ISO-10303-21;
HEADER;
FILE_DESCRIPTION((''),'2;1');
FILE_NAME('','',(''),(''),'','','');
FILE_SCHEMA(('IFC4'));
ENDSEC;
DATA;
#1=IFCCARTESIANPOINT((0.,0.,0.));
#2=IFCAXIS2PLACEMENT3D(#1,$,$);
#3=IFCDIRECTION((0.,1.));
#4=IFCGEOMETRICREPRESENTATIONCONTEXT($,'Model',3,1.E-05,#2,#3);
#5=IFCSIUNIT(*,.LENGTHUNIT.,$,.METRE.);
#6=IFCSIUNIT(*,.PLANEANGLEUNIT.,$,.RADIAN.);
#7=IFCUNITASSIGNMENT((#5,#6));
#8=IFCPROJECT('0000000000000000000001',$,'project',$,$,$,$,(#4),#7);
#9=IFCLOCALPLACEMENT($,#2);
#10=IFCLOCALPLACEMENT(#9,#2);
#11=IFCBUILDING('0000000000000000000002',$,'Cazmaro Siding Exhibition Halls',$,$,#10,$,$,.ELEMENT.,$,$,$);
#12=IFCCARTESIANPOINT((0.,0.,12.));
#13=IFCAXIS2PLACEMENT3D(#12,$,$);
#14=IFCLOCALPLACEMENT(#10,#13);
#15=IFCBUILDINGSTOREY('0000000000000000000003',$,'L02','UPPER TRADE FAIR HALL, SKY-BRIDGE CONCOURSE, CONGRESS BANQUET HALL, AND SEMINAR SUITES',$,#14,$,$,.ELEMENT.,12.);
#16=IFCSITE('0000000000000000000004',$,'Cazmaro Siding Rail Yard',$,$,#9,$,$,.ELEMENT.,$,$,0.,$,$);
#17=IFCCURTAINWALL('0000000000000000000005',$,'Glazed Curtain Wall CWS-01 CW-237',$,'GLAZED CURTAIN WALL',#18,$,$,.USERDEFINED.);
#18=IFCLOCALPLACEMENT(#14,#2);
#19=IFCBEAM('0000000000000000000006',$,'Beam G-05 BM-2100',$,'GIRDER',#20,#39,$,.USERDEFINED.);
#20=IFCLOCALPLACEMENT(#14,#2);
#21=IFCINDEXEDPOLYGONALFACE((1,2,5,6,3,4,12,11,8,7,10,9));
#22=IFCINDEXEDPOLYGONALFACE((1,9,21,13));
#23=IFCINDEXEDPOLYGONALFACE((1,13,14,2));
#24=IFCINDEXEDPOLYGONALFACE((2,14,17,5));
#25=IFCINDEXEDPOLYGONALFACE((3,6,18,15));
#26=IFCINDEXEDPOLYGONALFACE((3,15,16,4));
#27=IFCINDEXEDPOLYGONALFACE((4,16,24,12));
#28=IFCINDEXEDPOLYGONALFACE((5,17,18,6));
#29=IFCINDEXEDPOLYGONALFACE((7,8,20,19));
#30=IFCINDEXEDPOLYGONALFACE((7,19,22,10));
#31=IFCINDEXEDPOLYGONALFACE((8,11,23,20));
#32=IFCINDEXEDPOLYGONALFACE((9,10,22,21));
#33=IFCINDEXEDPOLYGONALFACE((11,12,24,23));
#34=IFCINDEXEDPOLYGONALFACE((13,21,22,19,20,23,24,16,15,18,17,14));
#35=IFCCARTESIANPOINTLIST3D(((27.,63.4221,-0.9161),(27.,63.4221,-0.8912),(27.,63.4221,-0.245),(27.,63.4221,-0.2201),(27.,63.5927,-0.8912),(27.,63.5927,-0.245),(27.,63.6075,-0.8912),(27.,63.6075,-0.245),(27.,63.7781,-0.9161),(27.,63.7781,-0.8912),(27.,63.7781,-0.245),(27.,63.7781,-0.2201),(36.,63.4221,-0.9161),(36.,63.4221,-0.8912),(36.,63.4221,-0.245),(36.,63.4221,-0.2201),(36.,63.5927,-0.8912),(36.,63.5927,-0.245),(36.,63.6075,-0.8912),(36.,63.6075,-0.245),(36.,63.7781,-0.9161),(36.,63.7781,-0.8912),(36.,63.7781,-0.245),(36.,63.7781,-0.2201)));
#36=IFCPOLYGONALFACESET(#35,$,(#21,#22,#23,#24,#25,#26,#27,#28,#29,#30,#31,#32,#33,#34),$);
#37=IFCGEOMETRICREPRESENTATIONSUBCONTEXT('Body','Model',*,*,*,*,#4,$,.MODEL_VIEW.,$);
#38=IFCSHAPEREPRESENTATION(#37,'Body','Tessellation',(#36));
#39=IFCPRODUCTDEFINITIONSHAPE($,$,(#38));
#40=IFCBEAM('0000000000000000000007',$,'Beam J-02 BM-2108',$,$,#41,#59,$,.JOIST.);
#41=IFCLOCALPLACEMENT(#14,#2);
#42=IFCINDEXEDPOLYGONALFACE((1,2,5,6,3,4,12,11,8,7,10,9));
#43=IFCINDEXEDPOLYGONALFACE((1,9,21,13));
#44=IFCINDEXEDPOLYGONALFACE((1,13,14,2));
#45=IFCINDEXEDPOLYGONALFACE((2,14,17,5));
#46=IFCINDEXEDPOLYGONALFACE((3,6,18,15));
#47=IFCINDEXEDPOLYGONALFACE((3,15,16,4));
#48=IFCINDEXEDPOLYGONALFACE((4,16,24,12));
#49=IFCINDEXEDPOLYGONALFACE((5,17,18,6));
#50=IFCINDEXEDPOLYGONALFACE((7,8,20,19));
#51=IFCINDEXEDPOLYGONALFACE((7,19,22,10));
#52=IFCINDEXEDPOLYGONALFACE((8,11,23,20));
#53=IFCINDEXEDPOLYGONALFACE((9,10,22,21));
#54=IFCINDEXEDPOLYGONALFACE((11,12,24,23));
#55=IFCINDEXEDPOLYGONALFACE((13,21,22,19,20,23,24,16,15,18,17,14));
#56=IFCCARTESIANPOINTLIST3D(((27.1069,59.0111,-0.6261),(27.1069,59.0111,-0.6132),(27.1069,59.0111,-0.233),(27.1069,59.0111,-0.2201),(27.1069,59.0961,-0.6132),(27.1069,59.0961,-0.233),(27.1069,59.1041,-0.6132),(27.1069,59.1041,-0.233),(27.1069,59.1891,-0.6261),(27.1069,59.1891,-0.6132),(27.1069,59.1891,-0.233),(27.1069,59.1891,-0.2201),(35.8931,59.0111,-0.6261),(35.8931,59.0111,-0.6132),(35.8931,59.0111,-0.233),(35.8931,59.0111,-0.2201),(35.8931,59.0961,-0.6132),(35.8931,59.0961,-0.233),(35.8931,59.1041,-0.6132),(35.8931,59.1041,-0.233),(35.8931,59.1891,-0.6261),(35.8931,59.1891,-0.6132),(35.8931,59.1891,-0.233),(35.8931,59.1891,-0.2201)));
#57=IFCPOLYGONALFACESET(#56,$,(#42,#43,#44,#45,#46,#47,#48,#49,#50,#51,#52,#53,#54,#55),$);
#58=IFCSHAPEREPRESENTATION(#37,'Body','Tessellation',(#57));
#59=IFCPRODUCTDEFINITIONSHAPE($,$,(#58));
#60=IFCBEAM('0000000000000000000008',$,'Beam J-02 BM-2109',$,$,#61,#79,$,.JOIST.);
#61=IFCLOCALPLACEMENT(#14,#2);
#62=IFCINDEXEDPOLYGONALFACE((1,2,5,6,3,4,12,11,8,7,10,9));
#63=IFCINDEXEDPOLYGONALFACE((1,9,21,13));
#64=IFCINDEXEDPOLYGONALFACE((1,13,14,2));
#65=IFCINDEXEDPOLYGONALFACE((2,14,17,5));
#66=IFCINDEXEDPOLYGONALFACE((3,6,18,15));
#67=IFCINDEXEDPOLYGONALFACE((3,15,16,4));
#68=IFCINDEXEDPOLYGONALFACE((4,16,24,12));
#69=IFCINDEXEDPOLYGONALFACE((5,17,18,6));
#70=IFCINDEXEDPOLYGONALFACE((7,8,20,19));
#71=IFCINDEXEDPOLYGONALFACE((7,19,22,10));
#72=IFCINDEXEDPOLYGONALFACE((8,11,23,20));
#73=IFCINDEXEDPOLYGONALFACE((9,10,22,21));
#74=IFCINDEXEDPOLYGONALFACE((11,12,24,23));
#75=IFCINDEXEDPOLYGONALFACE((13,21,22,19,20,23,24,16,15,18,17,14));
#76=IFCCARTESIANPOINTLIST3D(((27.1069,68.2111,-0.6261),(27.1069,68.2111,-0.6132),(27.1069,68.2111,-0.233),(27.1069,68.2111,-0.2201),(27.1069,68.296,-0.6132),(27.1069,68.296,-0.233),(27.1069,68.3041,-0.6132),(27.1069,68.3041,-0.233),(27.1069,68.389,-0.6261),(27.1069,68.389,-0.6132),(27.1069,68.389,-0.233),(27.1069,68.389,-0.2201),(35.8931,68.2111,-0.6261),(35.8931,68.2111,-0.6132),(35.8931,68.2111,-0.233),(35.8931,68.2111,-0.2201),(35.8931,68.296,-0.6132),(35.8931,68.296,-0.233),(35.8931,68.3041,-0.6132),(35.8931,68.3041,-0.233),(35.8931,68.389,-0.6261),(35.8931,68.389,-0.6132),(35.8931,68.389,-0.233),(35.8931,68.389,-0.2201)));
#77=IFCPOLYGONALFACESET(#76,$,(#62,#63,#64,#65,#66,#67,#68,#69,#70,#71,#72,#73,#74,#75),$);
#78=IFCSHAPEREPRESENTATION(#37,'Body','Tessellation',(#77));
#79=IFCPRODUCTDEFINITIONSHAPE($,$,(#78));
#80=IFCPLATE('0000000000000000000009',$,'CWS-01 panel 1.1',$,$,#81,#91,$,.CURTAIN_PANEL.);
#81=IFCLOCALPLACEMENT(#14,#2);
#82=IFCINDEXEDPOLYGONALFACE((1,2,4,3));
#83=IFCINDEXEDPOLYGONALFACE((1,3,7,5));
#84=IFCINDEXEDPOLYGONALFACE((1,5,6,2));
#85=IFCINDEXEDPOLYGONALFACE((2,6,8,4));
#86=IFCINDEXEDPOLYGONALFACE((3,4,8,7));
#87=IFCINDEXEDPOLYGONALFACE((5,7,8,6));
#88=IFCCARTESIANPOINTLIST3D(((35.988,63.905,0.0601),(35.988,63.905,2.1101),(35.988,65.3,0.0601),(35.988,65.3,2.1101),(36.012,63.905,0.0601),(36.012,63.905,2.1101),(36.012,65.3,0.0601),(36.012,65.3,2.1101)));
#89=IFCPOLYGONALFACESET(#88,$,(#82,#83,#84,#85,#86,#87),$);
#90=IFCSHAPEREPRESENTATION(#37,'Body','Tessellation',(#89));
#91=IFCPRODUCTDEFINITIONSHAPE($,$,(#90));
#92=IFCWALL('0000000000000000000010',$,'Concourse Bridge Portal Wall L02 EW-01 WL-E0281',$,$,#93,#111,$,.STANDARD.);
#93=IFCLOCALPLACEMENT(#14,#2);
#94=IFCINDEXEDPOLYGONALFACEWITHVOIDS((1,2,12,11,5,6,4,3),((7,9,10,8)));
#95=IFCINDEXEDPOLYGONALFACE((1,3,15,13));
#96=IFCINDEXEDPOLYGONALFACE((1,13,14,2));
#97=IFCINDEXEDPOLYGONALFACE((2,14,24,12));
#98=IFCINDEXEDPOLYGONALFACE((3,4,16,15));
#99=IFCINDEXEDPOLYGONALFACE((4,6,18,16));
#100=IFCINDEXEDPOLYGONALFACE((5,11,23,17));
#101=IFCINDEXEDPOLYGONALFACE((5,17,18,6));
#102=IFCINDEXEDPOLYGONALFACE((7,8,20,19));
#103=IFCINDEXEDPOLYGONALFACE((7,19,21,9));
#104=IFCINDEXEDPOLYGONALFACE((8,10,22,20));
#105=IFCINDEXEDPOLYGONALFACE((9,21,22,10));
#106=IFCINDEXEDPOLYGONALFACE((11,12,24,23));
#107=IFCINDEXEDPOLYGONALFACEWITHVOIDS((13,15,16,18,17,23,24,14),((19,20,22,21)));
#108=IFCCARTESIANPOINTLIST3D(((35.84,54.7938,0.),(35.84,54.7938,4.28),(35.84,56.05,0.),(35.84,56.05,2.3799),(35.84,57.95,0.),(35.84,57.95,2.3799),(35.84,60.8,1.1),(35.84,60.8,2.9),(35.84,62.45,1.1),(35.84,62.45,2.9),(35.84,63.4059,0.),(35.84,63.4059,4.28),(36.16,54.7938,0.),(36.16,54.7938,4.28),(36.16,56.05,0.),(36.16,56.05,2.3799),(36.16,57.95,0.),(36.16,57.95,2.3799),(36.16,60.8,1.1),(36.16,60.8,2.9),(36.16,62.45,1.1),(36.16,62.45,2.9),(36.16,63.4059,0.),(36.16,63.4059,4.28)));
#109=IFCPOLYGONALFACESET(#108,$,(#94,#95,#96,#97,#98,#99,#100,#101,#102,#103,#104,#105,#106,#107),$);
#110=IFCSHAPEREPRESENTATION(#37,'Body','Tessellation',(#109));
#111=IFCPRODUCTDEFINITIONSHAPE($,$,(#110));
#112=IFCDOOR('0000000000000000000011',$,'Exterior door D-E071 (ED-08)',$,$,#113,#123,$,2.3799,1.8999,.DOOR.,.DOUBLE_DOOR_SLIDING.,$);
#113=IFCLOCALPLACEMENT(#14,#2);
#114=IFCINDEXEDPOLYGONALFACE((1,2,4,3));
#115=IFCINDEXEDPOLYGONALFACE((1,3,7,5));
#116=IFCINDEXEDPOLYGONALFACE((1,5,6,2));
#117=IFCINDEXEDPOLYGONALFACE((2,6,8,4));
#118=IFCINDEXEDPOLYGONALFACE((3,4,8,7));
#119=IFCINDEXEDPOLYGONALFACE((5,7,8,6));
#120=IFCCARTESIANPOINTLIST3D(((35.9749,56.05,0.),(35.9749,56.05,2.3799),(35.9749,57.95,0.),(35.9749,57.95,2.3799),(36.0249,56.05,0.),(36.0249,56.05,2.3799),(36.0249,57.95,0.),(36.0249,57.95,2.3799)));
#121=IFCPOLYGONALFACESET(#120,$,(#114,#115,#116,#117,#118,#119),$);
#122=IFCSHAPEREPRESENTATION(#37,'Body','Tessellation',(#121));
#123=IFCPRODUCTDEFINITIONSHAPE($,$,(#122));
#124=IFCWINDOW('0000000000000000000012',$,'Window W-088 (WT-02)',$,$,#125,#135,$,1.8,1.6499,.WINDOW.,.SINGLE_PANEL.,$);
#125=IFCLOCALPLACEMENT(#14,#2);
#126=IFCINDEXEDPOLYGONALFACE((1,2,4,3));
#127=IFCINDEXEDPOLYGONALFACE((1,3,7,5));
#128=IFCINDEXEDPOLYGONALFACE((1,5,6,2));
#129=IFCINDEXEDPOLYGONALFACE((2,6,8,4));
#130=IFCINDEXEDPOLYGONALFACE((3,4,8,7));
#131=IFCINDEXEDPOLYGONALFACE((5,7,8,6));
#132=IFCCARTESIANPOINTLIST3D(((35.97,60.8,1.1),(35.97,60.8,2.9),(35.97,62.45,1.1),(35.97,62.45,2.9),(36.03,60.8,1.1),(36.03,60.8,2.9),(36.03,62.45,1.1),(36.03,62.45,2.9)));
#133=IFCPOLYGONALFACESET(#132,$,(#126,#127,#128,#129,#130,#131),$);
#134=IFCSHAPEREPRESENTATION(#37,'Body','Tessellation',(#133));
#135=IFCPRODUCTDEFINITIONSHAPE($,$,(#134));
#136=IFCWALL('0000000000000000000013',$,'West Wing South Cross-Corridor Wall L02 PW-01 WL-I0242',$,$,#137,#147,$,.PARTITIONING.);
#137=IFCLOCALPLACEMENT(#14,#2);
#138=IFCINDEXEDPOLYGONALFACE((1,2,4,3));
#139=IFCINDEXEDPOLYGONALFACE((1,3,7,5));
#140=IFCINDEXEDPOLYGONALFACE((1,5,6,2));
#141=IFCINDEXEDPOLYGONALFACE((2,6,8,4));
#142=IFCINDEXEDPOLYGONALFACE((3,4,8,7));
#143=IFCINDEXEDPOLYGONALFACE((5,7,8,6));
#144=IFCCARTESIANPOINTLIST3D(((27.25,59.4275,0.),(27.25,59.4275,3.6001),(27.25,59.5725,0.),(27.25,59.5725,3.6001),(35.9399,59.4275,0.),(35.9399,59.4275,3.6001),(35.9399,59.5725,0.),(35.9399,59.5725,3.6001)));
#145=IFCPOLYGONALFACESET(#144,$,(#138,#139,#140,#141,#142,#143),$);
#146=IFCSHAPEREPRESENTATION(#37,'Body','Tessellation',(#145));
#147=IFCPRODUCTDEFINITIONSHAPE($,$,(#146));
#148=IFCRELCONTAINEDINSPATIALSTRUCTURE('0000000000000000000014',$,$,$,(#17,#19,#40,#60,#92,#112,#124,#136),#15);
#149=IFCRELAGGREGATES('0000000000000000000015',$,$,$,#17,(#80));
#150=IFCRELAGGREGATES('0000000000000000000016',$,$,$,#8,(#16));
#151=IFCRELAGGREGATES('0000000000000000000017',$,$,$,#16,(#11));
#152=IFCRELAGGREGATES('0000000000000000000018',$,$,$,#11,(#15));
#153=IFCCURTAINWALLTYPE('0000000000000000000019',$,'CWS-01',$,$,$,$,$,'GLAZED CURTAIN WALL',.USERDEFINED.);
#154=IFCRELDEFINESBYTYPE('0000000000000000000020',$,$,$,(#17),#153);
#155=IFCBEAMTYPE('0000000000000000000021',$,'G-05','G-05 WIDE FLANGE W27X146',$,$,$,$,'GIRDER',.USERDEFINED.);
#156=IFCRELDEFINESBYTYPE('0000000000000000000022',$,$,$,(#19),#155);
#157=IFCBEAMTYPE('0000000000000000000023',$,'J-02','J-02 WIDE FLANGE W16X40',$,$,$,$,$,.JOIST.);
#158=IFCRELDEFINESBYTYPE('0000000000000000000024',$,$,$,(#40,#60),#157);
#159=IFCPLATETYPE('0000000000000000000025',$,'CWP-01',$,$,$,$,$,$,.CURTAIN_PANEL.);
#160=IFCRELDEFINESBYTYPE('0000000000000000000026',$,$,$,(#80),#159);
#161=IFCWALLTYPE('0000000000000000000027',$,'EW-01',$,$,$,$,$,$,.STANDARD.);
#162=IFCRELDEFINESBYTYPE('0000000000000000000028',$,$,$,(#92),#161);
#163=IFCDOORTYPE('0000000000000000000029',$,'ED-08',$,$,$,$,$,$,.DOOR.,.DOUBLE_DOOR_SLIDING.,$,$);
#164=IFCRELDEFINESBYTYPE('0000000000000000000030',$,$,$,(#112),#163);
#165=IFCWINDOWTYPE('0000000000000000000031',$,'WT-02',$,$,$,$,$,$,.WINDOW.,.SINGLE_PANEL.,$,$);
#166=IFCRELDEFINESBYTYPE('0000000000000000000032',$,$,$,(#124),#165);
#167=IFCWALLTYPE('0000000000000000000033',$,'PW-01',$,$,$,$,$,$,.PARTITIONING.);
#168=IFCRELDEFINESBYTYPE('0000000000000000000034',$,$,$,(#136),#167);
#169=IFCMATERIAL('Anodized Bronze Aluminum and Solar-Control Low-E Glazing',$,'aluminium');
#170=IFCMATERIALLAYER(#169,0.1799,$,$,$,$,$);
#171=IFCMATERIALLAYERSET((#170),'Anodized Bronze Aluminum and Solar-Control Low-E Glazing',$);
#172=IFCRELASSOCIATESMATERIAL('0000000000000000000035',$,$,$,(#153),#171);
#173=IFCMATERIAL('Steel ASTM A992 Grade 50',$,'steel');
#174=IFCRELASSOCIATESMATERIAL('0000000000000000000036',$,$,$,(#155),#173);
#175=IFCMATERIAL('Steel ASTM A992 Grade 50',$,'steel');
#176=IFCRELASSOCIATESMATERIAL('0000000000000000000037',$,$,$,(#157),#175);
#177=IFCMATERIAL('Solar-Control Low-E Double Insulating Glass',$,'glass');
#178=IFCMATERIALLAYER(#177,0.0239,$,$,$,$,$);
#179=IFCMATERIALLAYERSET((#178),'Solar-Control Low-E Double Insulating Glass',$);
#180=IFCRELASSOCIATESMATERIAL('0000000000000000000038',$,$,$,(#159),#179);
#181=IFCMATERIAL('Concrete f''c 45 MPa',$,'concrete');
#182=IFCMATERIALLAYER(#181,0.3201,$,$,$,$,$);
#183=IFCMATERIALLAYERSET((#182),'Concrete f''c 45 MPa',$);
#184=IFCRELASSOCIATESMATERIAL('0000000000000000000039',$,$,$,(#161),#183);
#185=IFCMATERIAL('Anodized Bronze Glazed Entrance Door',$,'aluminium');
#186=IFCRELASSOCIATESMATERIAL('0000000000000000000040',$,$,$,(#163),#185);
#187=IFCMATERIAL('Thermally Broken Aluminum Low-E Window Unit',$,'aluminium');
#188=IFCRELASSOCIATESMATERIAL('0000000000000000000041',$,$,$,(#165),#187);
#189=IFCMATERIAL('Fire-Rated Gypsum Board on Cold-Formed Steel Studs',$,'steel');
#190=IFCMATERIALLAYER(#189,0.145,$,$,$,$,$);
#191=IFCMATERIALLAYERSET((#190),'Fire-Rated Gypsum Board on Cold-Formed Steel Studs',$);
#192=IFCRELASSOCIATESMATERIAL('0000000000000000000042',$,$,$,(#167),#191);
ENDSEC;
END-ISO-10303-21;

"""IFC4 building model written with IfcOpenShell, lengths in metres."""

from ifc_helpers import new_model, si_unit, direction, frame, frame_2d, origin, origin_2d, place, context, subcontext, project, spatial, rectangle, i_section, extrude, material, layer, layer_set, material_profile, profile_set, type_object, element, fill, aggregate, save


model = new_model("IFC4")

# Units and contexts
model_context = context("Model", 3, precision=1e-05, world=origin(), true_north=direction((0.0, 1.0)))
body_context = subcontext(model_context, "Body", "Model", "MODEL_VIEW")
ifc_project = project(units=[si_unit("LENGTHUNIT", "METRE"), si_unit("PLANEANGLEUNIT", "RADIAN")], contexts=[model_context])

# Site, building, storey
site_placement = place(None, origin())
site = spatial("IfcSite", under=ifc_project, at=site_placement, Name="Cazmaro Siding Rail Yard", CompositionType="ELEMENT", RefElevation=0.0)
building_placement = place(site_placement, origin())
building = spatial("IfcBuilding", under=site, at=building_placement, Name="Cazmaro Siding Exhibition Halls", CompositionType="ELEMENT")
storey_placement = place(building_placement, frame((0.0, 0.0, 12.0)))
storey = spatial("IfcBuildingStorey", under=building, at=storey_placement, Name="L02", Description="UPPER TRADE FAIR HALL, SKY-BRIDGE CONCOURSE, CONGRESS BANQUET HALL, AND SEMINAR SUITES", CompositionType="ELEMENT", Elevation=12.0)

# Curtain wall
ifc_material_1 = material(Name="Anodized Bronze Aluminum and Solar-Control Low-E Glazing", Category="aluminium")
ifc_layer_1 = layer(ifc_material_1, 0.1799)
ifc_layer_set_1 = layer_set([ifc_layer_1], Name="Anodized Bronze Aluminum and Solar-Control Low-E Glazing")
curtain_wall_type = type_object("IfcCurtainWallType", Name="CWS-01", ElementType="GLAZED CURTAIN WALL", PredefinedType="USERDEFINED", material=ifc_layer_set_1)
curtain_wall_placement = place(storey_placement, origin())
curtain_wall = element("IfcCurtainWall", 1, at=curtain_wall_placement, inside=storey, type_object=curtain_wall_type, Name="Glazed Curtain Wall CWS-01 CW-237", ObjectType="GLAZED CURTAIN WALL", PredefinedType="USERDEFINED")

# Beams
ifc_material_2 = material(Name="Steel ASTM A992 Grade 50", Category="steel")
ifc_material_profile_1 = material_profile(ifc_material_2, i_section(OverallWidth=0.356, OverallDepth=0.696, WebThickness=0.0149, FlangeThickness=0.0249, at=origin_2d()), Name="W27X146")
ifc_profile_set_1 = profile_set([ifc_material_profile_1], Name="Steel ASTM A992 Grade 50")
beam_type_1 = type_object("IfcBeamType", Name="G-05", Description="G-05 WIDE FLANGE W27X146", ElementType="GIRDER", PredefinedType="USERDEFINED", material=ifc_profile_set_1)
beam_placement = place(storey_placement, frame((27.0, 63.6001, -0.5681), z_axis=(1.0, 0.0, 0.0), x_axis=(0.0, 1.0, 0.0)))
element("IfcBeam", 2, at=beam_placement, inside=storey, type_object=beam_type_1, Name="Beam G-05 BM-2100", ObjectType="GIRDER", PredefinedType="USERDEFINED", context=body_context, shape_type="SweptSolid", body=[
    extrude(i_section(OverallWidth=0.356, OverallDepth=0.696, WebThickness=0.0149, FlangeThickness=0.0249, at=origin_2d()), origin(), (0.0, 0.0, 1.0), 9.0),
])
ifc_material_3 = material(Name="Steel ASTM A992 Grade 50", Category="steel")
ifc_material_profile_2 = material_profile(ifc_material_3, i_section(OverallWidth=0.178, OverallDepth=0.406, WebThickness=0.0081, FlangeThickness=0.0129, at=origin_2d()), Name="W16X40")
ifc_profile_set_2 = profile_set([ifc_material_profile_2], Name="Steel ASTM A992 Grade 50")
beam_type_2 = type_object("IfcBeamType", Name="J-02", Description="J-02 WIDE FLANGE W16X40", PredefinedType="JOIST", material=ifc_profile_set_2)
for number, where, z_axis, x_axis, name in (
    (3, (27.1069, 59.1001, -0.4231), (1.0, 0.0, 0.0), (0.0, 1.0, 0.0), "Beam J-02 BM-2108"),
    (4, (27.1069, 68.3, -0.4231), (1.0, 0.0, 0.0), (0.0, 1.0, 0.0), "Beam J-02 BM-2109"),
):
    element("IfcBeam", number, at=place(storey_placement, frame(where, z_axis=z_axis, x_axis=x_axis)), inside=storey, type_object=beam_type_2, Name=name, PredefinedType="JOIST", context=body_context, shape_type="SweptSolid", body=[
        extrude(i_section(OverallWidth=0.178, OverallDepth=0.406, WebThickness=0.0081, FlangeThickness=0.0129, at=origin_2d()), origin(), (0.0, 0.0, 1.0), 8.7861),
    ])

# Plate
ifc_material_4 = material(Name="Solar-Control Low-E Double Insulating Glass", Category="glass")
ifc_layer_2 = layer(ifc_material_4, 0.0239)
ifc_layer_set_2 = layer_set([ifc_layer_2], Name="Solar-Control Low-E Double Insulating Glass")
plate_type = type_object("IfcPlateType", Name="CWP-01", PredefinedType="CURTAIN_PANEL", material=ifc_layer_set_2)
plate_placement = place(storey_placement, frame((36.0, 64.6025, 0.0601), z_axis=(0.0, 0.0, 1.0), x_axis=(0.0, 1.0, 0.0)))
plate = element("IfcPlate", 5, at=plate_placement, type_object=plate_type, Name="CWS-01 panel 1.1", PredefinedType="CURTAIN_PANEL", context=body_context, shape_type="SweptSolid", body=[
    extrude(rectangle(XDim=1.395, YDim=0.0239, at=origin_2d()), origin(), (0.0, 0.0, 1.0), 2.05),
])
aggregate(curtain_wall, [plate])

# Wall, openings, door, window
ifc_material_5 = material(Name="Concrete f'c 45 MPa", Category="concrete")
ifc_layer_3 = layer(ifc_material_5, 0.3201)
ifc_layer_set_3 = layer_set([ifc_layer_3], Name="Concrete f'c 45 MPa")
wall_type_1 = type_object("IfcWallType", Name="EW-01", PredefinedType="STANDARD", material=ifc_layer_set_3)
wall_1_placement = place(storey_placement, frame((36.0, 63.406, 0.0), z_axis=(0.0, 0.0, 1.0), x_axis=(0.0, -1.0, 0.0)))
wall_1 = element("IfcWall", 6, at=wall_1_placement, inside=storey, type_object=wall_type_1, Name="Concourse Bridge Portal Wall L02 EW-01 WL-E0281", PredefinedType="STANDARD", context=body_context, shape_type="SweptSolid", body=[
    extrude(rectangle(XDim=8.6121, YDim=0.3201, at=frame_2d((4.3062, 0.0))), origin(), (0.0, 0.0, 1.0), 4.28),
])
opening_1_placement = place(wall_1_placement, frame((5.4561, 0.0, 0.0)))
opening_1 = element("IfcOpeningElement", 7, at=opening_1_placement, cuts=wall_1, PredefinedType="OPENING", context=body_context, shape_type="SweptSolid", body=[
    extrude(rectangle(XDim=1.8999, YDim=2.3799, at=frame_2d((0.95, 1.1899))), frame((0.0, 0.1699, 0.0), z_axis=(0.0, -1.0, 0.0), x_axis=(1.0, 0.0, 0.0)), (0.0, 0.0, 1.0), 0.3401),
])
opening_2_placement = place(wall_1_placement, frame((0.9561, 0.0, 1.1001)))
opening_2 = element("IfcOpeningElement", 8, at=opening_2_placement, cuts=wall_1, PredefinedType="OPENING", context=body_context, shape_type="SweptSolid", body=[
    extrude(rectangle(XDim=1.6499, YDim=1.8, at=frame_2d((0.825, 0.8999))), frame((0.0, 0.1699, 0.0), z_axis=(0.0, -1.0, 0.0), x_axis=(1.0, 0.0, 0.0)), (0.0, 0.0, 1.0), 0.3401),
])
ifc_material_6 = material(Name="Anodized Bronze Glazed Entrance Door", Category="aluminium")
door_type = type_object("IfcDoorType", Name="ED-08", OperationType="DOUBLE_DOOR_SLIDING", PredefinedType="DOOR", material=ifc_material_6)
door_placement = place(opening_1_placement, origin())
door = element("IfcDoor", 9, at=door_placement, inside=storey, type_object=door_type, Name="Exterior door D-E071 (ED-08)", OperationType="DOUBLE_DOOR_SLIDING", OverallHeight=2.3799, OverallWidth=1.8999, PredefinedType="DOOR", context=body_context, shape_type="SweptSolid", body=[
    extrude(rectangle(XDim=1.8999, YDim=2.3799, at=frame_2d((0.95, 1.1899))), frame((0.0, 0.0249, 0.0), z_axis=(0.0, -1.0, 0.0), x_axis=(1.0, 0.0, 0.0)), (0.0, 0.0, 1.0), 0.05),
])
fill(opening_1, door)
ifc_material_7 = material(Name="Thermally Broken Aluminum Low-E Window Unit", Category="aluminium")
window_type = type_object("IfcWindowType", Name="WT-02", PartitioningType="SINGLE_PANEL", PredefinedType="WINDOW", material=ifc_material_7)
window_placement = place(opening_2_placement, origin())
window = element("IfcWindow", 10, at=window_placement, inside=storey, type_object=window_type, Name="Window W-088 (WT-02)", OverallHeight=1.8, OverallWidth=1.6499, PartitioningType="SINGLE_PANEL", PredefinedType="WINDOW", context=body_context, shape_type="SweptSolid", body=[
    extrude(rectangle(XDim=1.6499, YDim=1.8, at=frame_2d((0.825, 0.8999))), frame((0.0, 0.03, 0.0), z_axis=(0.0, -1.0, 0.0), x_axis=(1.0, 0.0, 0.0)), (0.0, 0.0, 1.0), 0.0601),
])
fill(opening_2, window)

# Wall
ifc_material_8 = material(Name="Fire-Rated Gypsum Board on Cold-Formed Steel Studs", Category="steel")
ifc_layer_4 = layer(ifc_material_8, 0.145)
ifc_layer_set_4 = layer_set([ifc_layer_4], Name="Fire-Rated Gypsum Board on Cold-Formed Steel Studs")
wall_type_2 = type_object("IfcWallType", Name="PW-01", PredefinedType="PARTITIONING", material=ifc_layer_set_4)
wall_2_placement = place(storey_placement, frame((27.25, 59.5, 0.0), z_axis=(0.0, 0.0, 1.0), x_axis=(1.0, 0.0, 0.0)))
element("IfcWall", 11, at=wall_2_placement, inside=storey, type_object=wall_type_2, Name="West Wing South Cross-Corridor Wall L02 PW-01 WL-I0242", PredefinedType="PARTITIONING", context=body_context, shape_type="SweptSolid", body=[
    extrude(rectangle(XDim=8.6899, YDim=0.145, at=frame_2d((4.345, 0.0))), origin(), (0.0, 0.0, 1.0), 3.6001),
])

save(model, "model.ifc")
